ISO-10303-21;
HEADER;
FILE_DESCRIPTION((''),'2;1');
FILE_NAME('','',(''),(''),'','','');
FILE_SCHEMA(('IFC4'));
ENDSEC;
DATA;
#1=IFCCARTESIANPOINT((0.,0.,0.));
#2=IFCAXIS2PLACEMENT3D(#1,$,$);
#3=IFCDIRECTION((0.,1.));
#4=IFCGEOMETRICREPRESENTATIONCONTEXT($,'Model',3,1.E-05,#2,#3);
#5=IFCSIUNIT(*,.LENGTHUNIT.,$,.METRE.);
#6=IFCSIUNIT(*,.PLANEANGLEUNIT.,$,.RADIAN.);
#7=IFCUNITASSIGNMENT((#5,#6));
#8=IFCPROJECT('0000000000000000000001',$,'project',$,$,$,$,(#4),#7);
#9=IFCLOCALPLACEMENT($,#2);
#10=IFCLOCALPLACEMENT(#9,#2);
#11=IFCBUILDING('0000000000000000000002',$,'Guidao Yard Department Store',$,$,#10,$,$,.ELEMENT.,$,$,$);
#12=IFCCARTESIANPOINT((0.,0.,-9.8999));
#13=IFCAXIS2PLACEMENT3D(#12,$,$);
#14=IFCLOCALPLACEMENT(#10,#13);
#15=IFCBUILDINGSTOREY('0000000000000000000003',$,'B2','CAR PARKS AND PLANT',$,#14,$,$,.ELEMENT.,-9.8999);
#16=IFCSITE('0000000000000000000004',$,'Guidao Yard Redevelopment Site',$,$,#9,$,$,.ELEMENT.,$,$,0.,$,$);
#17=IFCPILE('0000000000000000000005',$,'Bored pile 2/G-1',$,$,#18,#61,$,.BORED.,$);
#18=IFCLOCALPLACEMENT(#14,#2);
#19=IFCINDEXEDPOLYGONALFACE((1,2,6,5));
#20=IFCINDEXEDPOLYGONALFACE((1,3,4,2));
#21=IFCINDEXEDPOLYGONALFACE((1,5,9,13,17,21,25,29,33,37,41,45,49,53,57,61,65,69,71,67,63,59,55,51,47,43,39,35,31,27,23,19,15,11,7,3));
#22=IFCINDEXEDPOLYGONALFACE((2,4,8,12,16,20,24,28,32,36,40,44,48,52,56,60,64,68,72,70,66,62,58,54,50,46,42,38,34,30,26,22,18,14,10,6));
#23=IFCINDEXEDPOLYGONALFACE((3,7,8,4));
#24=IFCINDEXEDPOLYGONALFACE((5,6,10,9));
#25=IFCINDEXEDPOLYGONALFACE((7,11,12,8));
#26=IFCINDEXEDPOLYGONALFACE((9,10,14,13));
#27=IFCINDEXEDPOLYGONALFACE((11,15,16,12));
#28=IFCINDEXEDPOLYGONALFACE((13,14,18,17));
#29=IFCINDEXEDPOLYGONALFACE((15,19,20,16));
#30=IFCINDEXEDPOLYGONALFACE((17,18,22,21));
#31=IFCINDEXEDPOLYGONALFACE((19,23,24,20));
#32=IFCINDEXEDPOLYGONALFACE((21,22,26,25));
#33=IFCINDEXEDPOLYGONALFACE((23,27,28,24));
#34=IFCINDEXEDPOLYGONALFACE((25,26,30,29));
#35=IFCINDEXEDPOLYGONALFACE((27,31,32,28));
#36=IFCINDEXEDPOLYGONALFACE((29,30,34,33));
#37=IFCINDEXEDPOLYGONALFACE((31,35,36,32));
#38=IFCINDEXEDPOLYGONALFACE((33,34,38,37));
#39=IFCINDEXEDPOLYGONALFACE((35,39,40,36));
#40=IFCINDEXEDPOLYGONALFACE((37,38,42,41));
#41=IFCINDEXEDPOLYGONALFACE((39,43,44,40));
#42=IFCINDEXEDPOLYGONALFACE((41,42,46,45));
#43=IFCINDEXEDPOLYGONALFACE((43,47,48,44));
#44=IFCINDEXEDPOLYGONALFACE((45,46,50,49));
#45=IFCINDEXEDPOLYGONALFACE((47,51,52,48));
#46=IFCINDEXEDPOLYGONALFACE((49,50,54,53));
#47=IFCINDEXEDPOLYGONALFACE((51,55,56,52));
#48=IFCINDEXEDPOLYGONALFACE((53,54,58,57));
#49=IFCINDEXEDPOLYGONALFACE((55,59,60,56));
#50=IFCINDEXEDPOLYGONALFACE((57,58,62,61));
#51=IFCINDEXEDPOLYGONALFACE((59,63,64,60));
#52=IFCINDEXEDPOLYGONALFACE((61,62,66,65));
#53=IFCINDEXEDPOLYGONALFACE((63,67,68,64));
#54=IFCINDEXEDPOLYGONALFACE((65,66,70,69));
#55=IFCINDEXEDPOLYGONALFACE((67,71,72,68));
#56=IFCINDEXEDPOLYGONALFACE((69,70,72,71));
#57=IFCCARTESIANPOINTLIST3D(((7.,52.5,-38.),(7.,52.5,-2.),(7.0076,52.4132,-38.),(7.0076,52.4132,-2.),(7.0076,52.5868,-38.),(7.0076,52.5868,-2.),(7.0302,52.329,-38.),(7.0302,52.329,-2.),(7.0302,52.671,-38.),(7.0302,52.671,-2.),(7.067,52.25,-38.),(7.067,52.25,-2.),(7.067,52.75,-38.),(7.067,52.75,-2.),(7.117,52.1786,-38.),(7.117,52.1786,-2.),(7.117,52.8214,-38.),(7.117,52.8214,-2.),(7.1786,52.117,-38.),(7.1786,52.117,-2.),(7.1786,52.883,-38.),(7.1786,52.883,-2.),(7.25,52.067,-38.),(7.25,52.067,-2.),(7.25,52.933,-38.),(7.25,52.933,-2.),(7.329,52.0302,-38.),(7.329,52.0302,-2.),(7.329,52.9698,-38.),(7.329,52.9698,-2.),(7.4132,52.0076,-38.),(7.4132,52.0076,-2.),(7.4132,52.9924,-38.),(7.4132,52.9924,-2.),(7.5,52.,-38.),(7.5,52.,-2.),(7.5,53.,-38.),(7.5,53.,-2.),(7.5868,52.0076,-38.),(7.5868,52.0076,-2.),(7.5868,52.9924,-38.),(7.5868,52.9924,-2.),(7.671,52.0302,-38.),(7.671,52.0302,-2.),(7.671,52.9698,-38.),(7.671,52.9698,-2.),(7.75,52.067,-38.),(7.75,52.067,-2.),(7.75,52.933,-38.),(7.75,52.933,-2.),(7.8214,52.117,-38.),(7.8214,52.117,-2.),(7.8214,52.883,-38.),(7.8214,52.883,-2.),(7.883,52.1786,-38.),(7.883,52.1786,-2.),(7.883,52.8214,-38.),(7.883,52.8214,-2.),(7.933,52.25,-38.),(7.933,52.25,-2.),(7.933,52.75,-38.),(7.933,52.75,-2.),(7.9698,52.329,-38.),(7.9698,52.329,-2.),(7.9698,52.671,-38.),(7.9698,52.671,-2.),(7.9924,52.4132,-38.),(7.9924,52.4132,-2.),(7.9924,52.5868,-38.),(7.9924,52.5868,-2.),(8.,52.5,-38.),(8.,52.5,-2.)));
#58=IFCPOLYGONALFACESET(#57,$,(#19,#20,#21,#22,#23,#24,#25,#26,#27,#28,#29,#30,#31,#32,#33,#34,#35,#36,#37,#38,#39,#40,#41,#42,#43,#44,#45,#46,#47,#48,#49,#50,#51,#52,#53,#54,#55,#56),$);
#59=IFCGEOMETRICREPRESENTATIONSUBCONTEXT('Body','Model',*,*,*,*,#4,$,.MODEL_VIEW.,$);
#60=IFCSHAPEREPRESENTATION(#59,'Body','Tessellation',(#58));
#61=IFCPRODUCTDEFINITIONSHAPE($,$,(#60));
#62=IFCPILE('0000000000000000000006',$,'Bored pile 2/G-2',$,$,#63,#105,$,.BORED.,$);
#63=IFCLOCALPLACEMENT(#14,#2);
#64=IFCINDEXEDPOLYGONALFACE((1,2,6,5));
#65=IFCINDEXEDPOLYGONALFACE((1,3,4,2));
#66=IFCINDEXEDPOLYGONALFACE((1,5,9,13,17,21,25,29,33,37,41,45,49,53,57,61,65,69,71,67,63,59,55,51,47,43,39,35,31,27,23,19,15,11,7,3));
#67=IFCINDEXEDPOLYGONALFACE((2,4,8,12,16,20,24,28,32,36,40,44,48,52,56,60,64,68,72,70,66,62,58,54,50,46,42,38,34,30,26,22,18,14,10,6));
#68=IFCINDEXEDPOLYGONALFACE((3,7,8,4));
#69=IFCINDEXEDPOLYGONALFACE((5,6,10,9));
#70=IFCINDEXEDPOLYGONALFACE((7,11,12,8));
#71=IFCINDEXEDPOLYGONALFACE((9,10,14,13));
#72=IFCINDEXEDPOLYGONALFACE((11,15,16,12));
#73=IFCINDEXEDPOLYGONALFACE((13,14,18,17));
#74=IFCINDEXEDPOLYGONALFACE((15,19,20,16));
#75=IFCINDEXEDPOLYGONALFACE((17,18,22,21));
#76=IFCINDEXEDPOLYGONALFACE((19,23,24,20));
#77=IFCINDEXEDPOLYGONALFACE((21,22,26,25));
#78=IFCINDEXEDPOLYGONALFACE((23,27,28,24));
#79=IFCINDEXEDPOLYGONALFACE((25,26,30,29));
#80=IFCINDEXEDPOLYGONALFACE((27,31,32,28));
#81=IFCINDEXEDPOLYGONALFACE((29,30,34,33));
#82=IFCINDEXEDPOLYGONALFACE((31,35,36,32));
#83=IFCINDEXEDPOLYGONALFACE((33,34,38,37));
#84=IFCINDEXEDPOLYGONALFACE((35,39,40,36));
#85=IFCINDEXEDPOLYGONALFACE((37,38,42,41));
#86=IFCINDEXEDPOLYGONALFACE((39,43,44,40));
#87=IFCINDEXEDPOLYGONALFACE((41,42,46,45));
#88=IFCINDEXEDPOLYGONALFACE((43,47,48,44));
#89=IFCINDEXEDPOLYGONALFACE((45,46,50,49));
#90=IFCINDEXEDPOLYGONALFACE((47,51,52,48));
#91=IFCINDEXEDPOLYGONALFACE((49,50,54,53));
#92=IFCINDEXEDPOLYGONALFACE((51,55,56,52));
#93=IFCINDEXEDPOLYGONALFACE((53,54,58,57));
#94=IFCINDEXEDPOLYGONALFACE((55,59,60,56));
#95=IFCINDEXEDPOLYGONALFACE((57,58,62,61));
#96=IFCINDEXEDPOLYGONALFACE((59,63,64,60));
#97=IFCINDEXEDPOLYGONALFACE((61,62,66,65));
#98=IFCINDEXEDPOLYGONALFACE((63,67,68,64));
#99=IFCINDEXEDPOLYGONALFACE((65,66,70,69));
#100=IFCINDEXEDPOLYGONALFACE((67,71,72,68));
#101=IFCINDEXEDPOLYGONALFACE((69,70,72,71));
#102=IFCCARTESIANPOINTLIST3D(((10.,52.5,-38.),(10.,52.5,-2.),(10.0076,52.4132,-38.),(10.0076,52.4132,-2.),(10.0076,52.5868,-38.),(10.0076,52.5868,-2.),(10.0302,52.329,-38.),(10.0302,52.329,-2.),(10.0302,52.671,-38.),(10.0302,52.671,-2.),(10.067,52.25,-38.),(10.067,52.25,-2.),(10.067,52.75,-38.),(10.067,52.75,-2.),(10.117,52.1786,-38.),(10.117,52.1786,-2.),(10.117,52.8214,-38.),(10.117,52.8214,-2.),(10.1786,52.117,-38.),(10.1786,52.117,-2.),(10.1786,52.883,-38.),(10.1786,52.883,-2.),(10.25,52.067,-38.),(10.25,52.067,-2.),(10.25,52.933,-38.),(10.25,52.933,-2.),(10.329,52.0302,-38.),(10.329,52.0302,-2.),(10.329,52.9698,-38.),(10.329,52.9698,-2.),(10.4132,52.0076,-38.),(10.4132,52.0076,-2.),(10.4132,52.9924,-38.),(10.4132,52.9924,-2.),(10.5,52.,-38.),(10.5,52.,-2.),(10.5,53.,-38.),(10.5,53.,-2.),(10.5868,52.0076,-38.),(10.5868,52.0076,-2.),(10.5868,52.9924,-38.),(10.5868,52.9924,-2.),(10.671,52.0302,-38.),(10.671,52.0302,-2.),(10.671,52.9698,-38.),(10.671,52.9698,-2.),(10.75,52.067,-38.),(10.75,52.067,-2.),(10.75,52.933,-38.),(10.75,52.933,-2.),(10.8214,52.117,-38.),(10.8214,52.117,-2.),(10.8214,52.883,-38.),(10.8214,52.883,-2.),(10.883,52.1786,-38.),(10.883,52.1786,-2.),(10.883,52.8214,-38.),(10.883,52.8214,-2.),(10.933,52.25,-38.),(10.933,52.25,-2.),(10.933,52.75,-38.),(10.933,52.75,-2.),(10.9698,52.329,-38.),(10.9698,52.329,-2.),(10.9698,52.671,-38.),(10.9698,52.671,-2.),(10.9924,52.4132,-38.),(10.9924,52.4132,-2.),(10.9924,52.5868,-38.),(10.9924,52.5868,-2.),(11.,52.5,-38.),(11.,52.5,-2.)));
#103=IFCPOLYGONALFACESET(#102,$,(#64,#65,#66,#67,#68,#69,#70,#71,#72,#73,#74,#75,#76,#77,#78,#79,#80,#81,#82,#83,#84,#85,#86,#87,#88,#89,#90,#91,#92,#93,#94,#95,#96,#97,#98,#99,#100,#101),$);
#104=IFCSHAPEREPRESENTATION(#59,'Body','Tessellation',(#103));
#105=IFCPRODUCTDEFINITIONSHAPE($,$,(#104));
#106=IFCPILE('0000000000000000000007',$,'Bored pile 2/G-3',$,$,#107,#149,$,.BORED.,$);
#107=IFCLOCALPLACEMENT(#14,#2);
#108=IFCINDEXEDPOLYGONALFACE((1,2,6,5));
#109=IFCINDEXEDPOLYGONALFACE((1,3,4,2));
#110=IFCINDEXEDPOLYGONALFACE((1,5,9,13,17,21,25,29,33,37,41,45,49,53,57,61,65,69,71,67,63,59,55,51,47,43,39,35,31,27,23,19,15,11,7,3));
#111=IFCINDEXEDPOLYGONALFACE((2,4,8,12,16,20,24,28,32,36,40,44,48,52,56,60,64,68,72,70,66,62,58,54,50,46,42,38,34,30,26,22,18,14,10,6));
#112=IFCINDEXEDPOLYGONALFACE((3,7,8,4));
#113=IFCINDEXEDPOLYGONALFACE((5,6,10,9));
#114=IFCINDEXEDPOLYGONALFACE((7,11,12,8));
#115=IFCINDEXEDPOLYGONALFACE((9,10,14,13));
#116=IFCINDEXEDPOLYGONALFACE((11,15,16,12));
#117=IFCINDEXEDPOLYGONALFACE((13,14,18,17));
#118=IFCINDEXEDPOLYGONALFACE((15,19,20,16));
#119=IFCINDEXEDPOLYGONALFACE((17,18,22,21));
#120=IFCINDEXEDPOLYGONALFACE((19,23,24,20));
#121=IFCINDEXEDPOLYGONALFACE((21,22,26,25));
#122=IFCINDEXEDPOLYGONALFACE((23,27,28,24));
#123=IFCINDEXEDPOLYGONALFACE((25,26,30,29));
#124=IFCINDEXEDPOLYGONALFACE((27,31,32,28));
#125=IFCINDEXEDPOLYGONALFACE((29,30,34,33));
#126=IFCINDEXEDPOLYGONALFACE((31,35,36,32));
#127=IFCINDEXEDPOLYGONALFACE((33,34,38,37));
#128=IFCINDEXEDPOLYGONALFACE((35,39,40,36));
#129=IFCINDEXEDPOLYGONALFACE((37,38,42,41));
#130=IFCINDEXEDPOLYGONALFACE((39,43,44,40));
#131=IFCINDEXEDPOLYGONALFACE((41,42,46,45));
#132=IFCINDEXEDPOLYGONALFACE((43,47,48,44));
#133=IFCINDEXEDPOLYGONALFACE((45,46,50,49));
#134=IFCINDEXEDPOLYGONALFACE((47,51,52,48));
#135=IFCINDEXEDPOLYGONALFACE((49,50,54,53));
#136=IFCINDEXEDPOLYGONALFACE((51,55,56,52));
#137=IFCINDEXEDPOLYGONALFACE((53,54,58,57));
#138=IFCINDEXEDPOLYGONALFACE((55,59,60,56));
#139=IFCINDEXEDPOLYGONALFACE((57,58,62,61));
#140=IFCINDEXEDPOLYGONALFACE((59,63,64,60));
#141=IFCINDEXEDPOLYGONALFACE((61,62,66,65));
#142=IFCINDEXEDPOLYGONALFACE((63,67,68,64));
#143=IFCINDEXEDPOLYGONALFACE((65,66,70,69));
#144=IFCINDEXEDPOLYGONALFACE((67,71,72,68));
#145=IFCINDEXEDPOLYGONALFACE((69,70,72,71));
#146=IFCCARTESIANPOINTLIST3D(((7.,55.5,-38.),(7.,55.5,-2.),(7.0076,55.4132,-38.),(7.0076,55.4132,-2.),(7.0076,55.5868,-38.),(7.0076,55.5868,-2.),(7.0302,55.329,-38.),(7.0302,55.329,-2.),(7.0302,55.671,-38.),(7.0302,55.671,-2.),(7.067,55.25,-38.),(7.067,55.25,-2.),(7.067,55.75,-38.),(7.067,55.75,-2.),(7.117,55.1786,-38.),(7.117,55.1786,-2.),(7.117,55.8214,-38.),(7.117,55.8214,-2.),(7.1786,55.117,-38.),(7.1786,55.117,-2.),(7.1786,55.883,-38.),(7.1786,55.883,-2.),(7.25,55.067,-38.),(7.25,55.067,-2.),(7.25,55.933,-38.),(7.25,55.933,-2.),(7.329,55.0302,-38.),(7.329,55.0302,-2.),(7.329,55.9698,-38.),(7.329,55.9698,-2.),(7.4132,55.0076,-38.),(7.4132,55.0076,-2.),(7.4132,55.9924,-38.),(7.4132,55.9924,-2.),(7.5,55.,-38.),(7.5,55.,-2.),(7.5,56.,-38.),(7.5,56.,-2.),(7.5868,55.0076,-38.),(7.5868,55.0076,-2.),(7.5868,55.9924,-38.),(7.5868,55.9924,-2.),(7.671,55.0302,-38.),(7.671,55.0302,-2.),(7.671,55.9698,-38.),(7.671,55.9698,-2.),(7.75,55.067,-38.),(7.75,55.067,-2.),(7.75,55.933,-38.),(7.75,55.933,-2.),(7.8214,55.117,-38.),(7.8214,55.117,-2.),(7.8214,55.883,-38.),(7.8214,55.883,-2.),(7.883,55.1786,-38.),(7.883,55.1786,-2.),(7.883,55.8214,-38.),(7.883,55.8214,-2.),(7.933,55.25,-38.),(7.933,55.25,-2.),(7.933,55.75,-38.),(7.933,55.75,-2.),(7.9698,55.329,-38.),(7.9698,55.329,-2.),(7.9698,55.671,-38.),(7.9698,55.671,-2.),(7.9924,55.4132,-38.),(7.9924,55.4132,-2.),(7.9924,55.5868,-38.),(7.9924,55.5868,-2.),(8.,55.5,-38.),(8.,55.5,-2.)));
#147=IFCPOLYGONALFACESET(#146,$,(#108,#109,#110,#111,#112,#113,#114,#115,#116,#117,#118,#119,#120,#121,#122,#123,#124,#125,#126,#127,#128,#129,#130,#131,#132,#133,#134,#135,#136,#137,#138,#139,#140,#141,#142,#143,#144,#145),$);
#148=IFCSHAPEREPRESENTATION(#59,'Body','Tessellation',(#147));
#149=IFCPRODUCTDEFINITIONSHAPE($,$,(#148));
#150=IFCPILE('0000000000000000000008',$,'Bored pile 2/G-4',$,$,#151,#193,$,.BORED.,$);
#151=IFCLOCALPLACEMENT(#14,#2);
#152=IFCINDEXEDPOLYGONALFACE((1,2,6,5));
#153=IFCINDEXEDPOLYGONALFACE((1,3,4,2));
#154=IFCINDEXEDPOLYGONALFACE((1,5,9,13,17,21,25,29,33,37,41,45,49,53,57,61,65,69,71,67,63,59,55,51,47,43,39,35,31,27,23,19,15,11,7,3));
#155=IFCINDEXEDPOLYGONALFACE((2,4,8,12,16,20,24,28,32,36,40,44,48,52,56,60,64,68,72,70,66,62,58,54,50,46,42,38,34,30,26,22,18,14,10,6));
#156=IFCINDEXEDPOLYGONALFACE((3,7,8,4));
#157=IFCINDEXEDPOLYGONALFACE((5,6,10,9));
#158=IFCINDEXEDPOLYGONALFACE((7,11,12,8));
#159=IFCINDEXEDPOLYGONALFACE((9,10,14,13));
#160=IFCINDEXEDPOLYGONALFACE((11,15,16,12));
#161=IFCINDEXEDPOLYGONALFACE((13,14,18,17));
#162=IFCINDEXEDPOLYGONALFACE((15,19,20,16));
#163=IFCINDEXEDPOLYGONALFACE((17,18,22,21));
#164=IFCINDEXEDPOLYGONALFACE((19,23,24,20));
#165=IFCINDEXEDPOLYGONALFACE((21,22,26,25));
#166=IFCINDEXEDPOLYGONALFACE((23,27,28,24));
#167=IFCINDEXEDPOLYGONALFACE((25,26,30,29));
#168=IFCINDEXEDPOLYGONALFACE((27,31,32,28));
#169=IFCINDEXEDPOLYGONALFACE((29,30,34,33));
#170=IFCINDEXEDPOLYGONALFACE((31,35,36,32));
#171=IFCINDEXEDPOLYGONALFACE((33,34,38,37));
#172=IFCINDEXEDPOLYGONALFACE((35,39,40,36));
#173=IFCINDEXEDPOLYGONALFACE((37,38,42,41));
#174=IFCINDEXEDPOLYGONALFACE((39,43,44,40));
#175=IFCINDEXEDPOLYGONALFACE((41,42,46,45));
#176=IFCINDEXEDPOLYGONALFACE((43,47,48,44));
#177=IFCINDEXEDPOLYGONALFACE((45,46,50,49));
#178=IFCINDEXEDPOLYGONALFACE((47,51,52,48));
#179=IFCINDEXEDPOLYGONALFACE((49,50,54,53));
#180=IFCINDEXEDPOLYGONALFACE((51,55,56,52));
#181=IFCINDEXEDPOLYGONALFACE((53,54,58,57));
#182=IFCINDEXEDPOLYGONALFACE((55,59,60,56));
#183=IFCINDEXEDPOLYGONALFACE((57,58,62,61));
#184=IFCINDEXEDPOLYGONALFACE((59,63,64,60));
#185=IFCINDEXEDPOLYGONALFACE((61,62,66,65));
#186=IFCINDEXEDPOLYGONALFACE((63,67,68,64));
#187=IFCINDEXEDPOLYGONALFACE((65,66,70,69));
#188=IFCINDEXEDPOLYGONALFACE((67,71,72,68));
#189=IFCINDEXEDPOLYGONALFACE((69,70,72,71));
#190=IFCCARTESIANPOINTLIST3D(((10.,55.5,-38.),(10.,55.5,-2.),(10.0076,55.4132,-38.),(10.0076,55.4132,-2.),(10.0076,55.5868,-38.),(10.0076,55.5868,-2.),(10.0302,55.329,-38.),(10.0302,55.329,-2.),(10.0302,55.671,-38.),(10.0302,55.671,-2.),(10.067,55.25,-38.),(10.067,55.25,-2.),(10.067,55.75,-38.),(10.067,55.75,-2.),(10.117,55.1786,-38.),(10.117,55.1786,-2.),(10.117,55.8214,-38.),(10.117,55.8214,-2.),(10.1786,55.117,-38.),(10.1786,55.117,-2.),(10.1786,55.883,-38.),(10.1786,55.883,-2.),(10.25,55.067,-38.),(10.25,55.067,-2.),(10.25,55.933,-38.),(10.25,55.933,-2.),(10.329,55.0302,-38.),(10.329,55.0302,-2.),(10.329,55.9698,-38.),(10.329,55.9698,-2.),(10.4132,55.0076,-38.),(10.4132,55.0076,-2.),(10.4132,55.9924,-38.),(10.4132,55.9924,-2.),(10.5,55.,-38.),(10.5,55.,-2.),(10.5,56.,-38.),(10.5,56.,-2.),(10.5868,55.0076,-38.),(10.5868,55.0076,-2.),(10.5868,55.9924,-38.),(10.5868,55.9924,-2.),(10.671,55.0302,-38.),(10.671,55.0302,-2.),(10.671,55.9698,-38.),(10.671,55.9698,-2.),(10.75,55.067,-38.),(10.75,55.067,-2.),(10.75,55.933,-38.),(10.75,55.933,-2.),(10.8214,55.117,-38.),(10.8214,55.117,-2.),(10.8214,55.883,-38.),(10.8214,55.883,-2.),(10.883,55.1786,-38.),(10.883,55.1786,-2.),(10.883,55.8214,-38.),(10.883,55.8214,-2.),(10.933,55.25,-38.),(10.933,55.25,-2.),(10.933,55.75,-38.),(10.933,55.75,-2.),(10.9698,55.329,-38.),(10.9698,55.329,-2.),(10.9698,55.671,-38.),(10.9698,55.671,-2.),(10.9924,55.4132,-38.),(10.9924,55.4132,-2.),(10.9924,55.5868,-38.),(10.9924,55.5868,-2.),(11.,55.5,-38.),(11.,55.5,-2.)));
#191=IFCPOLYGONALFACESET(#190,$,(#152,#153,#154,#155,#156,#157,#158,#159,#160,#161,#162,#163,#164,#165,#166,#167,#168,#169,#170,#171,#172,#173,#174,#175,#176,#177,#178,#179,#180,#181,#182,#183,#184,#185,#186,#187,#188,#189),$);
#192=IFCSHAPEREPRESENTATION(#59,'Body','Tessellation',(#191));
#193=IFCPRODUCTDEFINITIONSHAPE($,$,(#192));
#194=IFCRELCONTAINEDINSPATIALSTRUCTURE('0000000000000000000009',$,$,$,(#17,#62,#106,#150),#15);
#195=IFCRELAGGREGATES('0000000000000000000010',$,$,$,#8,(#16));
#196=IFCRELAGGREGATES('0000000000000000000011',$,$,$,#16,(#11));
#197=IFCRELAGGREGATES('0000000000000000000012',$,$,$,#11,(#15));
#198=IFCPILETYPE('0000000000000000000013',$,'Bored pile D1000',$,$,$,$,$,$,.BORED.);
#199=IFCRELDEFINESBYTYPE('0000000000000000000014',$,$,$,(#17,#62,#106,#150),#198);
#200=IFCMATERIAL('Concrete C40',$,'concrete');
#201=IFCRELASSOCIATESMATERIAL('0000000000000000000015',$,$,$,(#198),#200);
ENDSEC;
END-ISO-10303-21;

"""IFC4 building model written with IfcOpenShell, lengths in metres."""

from ifc_helpers import new_model, si_unit, direction, frame, origin, origin_2d, place, context, subcontext, project, spatial, circle, extrude, material, material_profile, profile_set, type_object, element, save


model = new_model("IFC4")

# Units and contexts
model_context = context("Model", 3, precision=1e-05, world=origin(), true_north=direction((0.0, 1.0)))
body_context = subcontext(model_context, "Body", "Model", "MODEL_VIEW")
ifc_project = project(units=[si_unit("LENGTHUNIT", "METRE"), si_unit("PLANEANGLEUNIT", "RADIAN")], contexts=[model_context])

# Site, building, storey
site_placement = place(None, origin())
site = spatial("IfcSite", under=ifc_project, at=site_placement, Name="Guidao Yard Redevelopment Site", CompositionType="ELEMENT", RefElevation=0.0)
building_placement = place(site_placement, origin())
building = spatial("IfcBuilding", under=site, at=building_placement, Name="Guidao Yard Department Store", CompositionType="ELEMENT")
storey_placement = place(building_placement, frame((0.0, 0.0, -9.8999)))
storey = spatial("IfcBuildingStorey", under=building, at=storey_placement, Name="B2", Description="CAR PARKS AND PLANT", CompositionType="ELEMENT", Elevation=-9.8999)

# Piles
ifc_material_1 = material(Name="Concrete C40", Category="concrete")
ifc_material_profile_1 = material_profile(ifc_material_1, circle(Radius=0.5, at=origin_2d()), Name="Bored pile D1000")
ifc_profile_set_1 = profile_set([ifc_material_profile_1], Name="Concrete C40")
pile_type = type_object("IfcPileType", Name="Bored pile D1000", PredefinedType="BORED", material=ifc_profile_set_1)
for number, where, z_axis, x_axis, name in (
    (1, (7.5, 52.5, -2.0), (0.0, 0.0, -1.0), (1.0, 0.0, 0.0), "Bored pile 2/G-1"),
    (2, (10.5, 52.5, -2.0), (0.0, 0.0, -1.0), (1.0, 0.0, 0.0), "Bored pile 2/G-2"),
    (3, (7.5, 55.5, -2.0), (0.0, 0.0, -1.0), (1.0, 0.0, 0.0), "Bored pile 2/G-3"),
    (4, (10.5, 55.5, -2.0), (0.0, 0.0, -1.0), (1.0, 0.0, 0.0), "Bored pile 2/G-4"),
):
    element("IfcPile", number, at=place(storey_placement, frame(where, z_axis=z_axis, x_axis=x_axis)), inside=storey, type_object=pile_type, Name=name, PredefinedType="BORED", context=body_context, shape_type="SweptSolid", body=[
        extrude(circle(Radius=0.5, at=origin_2d()), origin(), (0.0, 0.0, 1.0), 36.0),
    ])

save(model, "model.ifc")
